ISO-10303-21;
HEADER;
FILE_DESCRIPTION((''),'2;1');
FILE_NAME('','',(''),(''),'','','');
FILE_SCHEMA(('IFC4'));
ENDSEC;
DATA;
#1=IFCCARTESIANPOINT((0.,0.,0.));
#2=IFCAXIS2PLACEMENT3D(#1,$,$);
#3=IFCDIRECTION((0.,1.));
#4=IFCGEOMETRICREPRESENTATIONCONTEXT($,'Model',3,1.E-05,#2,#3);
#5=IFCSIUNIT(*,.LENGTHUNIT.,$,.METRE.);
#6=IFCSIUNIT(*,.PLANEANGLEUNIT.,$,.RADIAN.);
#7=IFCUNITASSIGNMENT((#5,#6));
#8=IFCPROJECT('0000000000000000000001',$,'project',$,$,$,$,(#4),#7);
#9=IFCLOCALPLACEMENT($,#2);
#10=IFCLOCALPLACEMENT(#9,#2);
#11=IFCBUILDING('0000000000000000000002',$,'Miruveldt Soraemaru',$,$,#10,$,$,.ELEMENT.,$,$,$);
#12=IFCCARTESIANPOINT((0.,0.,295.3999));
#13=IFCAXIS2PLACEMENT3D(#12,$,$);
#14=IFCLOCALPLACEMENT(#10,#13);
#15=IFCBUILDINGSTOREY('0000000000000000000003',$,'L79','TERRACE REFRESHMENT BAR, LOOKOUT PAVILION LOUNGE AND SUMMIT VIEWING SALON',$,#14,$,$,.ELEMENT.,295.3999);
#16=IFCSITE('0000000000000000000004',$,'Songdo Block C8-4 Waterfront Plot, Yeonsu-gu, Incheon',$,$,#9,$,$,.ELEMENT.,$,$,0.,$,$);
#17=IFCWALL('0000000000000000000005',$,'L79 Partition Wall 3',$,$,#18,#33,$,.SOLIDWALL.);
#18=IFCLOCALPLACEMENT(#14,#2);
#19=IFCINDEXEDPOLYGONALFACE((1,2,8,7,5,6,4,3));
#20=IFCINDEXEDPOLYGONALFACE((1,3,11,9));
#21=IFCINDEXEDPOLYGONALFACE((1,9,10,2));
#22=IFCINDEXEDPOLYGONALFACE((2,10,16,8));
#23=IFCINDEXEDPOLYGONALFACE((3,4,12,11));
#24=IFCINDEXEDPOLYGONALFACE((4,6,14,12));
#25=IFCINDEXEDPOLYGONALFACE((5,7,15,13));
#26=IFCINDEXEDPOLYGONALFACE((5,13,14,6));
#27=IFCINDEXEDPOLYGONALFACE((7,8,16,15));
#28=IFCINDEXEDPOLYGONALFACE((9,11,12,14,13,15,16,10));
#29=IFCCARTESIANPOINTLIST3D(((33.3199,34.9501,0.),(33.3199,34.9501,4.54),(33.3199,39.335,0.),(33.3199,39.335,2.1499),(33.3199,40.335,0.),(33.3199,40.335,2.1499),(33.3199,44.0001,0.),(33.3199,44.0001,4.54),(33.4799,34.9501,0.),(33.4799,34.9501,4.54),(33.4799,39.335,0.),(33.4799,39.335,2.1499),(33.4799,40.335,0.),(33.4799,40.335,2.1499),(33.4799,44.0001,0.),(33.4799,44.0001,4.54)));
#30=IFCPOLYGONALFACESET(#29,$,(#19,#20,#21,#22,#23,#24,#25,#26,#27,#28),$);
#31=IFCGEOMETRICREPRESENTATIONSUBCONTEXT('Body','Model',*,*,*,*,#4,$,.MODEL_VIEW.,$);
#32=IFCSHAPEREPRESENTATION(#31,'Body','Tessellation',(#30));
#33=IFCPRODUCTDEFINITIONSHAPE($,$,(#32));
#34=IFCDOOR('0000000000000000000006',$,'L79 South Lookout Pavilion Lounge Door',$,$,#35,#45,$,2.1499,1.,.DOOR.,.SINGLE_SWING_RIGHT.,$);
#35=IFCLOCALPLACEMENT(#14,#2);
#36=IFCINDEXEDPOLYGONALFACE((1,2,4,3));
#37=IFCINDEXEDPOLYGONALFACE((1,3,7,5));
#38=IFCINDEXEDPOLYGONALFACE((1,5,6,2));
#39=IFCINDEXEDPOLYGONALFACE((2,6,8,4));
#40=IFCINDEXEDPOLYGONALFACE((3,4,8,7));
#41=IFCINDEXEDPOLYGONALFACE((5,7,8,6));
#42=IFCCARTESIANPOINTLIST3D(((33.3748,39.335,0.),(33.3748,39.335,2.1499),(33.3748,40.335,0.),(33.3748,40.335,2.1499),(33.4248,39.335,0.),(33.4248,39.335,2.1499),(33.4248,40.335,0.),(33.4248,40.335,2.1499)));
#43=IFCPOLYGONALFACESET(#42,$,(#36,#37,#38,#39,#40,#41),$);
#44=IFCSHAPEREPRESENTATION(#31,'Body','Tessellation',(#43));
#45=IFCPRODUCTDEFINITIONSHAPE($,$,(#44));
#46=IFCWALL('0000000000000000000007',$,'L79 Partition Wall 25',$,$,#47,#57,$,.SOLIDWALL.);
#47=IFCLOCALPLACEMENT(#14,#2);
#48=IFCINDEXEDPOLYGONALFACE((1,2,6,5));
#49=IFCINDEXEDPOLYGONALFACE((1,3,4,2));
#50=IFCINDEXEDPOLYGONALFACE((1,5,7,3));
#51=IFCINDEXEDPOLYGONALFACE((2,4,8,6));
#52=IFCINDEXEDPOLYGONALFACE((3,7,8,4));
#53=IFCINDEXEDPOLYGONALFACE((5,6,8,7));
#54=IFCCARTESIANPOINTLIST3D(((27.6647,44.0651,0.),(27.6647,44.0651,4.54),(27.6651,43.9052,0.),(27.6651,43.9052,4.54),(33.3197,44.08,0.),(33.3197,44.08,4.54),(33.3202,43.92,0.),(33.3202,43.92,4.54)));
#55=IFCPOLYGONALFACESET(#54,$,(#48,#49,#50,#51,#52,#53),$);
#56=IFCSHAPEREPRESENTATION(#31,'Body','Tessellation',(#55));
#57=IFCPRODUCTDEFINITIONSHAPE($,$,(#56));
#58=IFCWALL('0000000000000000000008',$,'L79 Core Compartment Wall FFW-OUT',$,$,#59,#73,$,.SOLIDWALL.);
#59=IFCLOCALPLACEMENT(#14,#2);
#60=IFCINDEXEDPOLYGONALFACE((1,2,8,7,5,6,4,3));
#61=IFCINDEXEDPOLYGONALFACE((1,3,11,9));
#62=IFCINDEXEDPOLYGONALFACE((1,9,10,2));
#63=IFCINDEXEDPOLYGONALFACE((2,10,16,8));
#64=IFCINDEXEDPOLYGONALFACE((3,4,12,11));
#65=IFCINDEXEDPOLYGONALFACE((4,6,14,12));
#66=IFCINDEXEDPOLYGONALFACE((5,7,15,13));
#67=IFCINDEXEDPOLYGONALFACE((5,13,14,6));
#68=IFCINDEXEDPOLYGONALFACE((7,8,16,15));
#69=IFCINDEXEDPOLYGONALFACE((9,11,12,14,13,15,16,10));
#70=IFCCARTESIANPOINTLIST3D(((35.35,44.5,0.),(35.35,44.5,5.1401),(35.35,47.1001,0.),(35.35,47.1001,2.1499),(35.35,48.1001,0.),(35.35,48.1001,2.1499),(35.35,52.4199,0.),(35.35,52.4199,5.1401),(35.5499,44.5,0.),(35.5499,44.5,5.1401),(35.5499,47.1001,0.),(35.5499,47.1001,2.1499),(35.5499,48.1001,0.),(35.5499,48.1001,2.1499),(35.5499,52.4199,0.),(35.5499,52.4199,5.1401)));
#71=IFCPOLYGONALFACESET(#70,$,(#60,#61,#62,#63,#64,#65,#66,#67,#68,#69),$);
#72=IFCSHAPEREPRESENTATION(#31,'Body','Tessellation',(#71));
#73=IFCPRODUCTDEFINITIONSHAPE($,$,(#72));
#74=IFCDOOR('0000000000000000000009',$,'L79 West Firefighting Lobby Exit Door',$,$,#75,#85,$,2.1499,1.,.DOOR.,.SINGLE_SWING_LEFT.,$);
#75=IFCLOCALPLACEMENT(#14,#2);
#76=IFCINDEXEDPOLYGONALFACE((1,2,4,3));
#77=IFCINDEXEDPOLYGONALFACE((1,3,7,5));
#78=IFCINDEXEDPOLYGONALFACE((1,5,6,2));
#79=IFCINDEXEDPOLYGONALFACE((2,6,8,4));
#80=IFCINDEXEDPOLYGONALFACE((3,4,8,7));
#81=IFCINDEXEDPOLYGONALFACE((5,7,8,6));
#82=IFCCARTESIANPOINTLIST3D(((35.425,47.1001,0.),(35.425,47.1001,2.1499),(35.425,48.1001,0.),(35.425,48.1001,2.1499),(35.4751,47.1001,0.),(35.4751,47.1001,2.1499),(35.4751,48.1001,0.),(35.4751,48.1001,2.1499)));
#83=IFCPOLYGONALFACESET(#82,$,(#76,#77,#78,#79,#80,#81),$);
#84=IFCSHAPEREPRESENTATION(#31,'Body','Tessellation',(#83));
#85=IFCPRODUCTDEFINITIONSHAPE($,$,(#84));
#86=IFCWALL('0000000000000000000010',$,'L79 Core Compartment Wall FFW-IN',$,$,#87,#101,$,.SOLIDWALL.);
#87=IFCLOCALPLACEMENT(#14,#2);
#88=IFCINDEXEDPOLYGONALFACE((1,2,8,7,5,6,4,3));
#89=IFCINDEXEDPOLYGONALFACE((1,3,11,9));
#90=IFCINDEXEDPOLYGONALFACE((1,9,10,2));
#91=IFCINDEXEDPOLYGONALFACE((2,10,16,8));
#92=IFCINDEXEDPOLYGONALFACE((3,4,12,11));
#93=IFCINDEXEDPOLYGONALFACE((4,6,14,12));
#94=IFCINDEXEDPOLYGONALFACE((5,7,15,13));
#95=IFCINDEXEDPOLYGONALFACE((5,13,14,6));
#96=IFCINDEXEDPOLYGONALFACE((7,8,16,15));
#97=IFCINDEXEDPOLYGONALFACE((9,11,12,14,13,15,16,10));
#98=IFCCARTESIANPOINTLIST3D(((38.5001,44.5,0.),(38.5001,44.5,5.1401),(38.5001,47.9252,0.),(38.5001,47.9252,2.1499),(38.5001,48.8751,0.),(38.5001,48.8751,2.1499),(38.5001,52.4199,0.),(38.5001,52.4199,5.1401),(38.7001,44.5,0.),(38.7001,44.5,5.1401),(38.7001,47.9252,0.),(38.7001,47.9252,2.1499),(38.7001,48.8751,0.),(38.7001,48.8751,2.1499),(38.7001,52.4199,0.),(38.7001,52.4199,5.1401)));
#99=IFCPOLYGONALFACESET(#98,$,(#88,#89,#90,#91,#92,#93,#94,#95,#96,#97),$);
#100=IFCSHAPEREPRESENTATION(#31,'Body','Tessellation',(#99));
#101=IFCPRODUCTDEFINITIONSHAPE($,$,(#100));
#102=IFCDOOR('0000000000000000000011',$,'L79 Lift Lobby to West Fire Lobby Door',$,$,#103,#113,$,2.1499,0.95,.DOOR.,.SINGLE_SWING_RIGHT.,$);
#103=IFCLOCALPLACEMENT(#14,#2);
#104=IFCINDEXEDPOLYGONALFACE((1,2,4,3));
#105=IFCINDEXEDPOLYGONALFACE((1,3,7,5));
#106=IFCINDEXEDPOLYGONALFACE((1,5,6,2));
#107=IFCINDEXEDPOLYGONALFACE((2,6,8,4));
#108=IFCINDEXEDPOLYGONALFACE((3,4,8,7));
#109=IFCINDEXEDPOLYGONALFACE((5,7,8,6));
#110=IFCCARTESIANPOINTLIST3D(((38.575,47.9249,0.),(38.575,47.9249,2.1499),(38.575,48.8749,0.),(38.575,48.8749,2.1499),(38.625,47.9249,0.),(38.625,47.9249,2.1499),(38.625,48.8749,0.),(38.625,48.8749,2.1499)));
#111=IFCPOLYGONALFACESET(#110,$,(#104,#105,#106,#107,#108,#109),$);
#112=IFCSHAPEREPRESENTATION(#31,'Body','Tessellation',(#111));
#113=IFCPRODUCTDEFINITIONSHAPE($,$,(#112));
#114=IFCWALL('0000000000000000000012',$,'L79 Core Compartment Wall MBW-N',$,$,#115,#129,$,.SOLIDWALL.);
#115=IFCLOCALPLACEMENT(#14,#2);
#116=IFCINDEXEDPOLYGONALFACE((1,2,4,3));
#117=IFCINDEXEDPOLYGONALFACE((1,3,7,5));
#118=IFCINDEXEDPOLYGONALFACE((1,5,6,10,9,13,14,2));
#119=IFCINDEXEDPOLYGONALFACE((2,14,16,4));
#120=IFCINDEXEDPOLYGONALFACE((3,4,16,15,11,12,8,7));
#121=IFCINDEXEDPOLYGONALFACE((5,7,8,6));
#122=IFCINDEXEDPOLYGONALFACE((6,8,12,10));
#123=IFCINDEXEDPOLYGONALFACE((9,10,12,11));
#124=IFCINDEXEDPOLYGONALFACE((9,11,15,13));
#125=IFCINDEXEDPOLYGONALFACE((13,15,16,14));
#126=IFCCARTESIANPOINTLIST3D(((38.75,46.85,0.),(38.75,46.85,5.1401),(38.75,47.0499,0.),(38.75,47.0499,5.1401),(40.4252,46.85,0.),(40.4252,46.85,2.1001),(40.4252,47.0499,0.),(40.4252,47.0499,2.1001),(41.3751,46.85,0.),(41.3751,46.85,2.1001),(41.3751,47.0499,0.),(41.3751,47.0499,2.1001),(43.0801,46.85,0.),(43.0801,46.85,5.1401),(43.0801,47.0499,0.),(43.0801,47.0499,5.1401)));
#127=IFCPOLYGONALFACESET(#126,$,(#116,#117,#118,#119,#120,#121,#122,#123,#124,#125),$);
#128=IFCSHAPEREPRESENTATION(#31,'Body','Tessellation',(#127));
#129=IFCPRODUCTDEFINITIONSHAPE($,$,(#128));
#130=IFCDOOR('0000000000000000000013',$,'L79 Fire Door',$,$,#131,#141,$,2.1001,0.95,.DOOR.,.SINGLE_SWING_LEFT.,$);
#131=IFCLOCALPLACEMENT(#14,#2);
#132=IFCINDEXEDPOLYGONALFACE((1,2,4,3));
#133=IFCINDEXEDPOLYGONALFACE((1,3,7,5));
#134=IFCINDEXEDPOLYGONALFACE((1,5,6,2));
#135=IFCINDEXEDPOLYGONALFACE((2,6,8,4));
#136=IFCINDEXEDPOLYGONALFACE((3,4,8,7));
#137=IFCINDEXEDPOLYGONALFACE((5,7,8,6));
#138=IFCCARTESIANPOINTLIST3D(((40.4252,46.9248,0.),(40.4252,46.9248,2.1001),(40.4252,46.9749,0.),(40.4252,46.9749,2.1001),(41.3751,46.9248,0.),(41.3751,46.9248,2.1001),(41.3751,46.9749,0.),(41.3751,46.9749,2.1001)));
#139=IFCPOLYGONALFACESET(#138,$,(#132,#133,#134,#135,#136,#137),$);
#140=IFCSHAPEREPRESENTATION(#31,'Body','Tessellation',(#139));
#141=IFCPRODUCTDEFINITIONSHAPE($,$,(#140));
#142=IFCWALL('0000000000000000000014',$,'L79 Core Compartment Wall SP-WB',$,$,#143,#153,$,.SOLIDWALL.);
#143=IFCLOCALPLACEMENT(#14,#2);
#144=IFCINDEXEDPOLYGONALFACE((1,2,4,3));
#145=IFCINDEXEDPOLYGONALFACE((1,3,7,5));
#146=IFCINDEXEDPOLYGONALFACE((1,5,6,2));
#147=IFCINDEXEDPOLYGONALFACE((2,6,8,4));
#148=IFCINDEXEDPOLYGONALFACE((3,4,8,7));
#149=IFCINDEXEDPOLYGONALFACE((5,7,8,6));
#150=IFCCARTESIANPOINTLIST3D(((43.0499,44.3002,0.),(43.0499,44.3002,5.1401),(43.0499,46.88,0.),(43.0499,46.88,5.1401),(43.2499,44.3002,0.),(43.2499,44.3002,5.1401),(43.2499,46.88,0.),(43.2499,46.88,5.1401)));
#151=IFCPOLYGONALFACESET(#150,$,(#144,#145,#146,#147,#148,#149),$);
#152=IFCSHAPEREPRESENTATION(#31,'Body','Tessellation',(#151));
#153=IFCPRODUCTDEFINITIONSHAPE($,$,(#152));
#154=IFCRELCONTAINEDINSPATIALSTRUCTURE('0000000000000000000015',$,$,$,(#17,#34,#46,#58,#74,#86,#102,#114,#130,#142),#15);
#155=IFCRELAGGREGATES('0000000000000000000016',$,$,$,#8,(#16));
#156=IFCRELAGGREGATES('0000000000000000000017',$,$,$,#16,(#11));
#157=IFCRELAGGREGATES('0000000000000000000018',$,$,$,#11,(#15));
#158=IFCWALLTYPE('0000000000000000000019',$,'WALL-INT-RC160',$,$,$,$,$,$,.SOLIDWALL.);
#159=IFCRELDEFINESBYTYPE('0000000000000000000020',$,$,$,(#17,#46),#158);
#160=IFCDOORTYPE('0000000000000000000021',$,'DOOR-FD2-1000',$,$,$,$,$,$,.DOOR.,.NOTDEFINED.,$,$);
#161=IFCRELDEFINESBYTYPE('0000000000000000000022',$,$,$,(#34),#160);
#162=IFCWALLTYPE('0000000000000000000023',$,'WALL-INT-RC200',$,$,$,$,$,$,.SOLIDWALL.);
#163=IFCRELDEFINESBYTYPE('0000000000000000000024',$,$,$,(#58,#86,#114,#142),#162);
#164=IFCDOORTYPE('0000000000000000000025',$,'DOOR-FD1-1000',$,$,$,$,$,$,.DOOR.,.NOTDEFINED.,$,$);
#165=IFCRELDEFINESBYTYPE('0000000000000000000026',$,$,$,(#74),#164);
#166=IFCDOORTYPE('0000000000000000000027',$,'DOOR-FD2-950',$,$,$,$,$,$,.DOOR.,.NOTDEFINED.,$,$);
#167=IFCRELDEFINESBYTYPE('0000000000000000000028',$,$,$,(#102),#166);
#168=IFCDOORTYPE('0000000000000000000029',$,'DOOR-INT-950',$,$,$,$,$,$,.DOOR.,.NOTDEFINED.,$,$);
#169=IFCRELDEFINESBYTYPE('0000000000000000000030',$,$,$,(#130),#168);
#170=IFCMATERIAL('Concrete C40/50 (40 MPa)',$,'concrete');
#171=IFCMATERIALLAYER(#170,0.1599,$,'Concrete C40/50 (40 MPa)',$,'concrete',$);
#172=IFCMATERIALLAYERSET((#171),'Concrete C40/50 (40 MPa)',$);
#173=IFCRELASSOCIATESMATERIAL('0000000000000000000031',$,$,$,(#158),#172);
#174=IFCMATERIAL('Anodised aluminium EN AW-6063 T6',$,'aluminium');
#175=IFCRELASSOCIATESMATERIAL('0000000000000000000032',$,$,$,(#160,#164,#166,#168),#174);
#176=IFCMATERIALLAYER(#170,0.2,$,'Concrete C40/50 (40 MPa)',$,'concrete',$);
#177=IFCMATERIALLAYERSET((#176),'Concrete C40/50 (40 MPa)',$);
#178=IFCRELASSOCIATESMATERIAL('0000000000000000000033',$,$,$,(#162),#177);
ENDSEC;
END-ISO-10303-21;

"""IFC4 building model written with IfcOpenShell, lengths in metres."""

from ifc_helpers import new_model, si_unit, direction, frame, frame_2d, origin, place, context, subcontext, project, spatial, rectangle, extrude, material, layer, layer_set, type_object, element, fill, save


model = new_model("IFC4")

# Units and contexts
model_context = context("Model", 3, precision=1e-05, world=origin(), true_north=direction((0.0, 1.0)))
body_context = subcontext(model_context, "Body", "Model", "MODEL_VIEW")
ifc_project = project(units=[si_unit("LENGTHUNIT", "METRE"), si_unit("PLANEANGLEUNIT", "RADIAN")], contexts=[model_context])

# Site, building, storey
site_placement = place(None, origin())
site = spatial("IfcSite", under=ifc_project, at=site_placement, Name="Songdo Block C8-4 Waterfront Plot, Yeonsu-gu, Incheon", CompositionType="ELEMENT", RefElevation=0.0)
building_placement = place(site_placement, origin())
building = spatial("IfcBuilding", under=site, at=building_placement, Name="Miruveldt Soraemaru", CompositionType="ELEMENT")
storey_placement = place(building_placement, frame((0.0, 0.0, 295.3999)))
storey = spatial("IfcBuildingStorey", under=building, at=storey_placement, Name="L79", Description="TERRACE REFRESHMENT BAR, LOOKOUT PAVILION LOUNGE AND SUMMIT VIEWING SALON", CompositionType="ELEMENT", Elevation=295.3999)

# Wall, opening, door
ifc_material_1 = material(Name="Concrete C40/50 (40 MPa)", Category="concrete")
ifc_layer_1 = layer(ifc_material_1, 0.1599, Name="Concrete C40/50 (40 MPa)", Category="concrete")
ifc_layer_set_1 = layer_set([ifc_layer_1], Name="Concrete C40/50 (40 MPa)")
wall_type_1 = type_object("IfcWallType", Name="WALL-INT-RC160", PredefinedType="SOLIDWALL", material=ifc_layer_set_1)
wall_1_placement = place(storey_placement, frame((33.3999, 44.0, 0.0), z_axis=(0.0, 0.0, 1.0), x_axis=(0.0, -1.0, 0.0)))
wall_1 = element("IfcWall", 1, at=wall_1_placement, inside=storey, type_object=wall_type_1, Name="L79 Partition Wall 3", PredefinedType="SOLIDWALL", context=body_context, shape_type="SweptSolid", body=[
    extrude(rectangle(XDim=9.05, YDim=0.1599, at=frame_2d((4.5249, 0.0))), origin(), (0.0, 0.0, 1.0), 4.54),
])
opening_1_placement = place(wall_1_placement, frame((3.665, 0.0, 0.0)))
opening_1 = element("IfcOpeningElement", 2, at=opening_1_placement, cuts=wall_1, PredefinedType="OPENING", context=body_context, shape_type="SweptSolid", body=[
    extrude(rectangle(XDim=1.0, YDim=2.1499, at=frame_2d((0.5, 1.075))), frame((0.0, 0.0898, 0.0), z_axis=(0.0, -1.0, 0.0), x_axis=(1.0, 0.0, 0.0)), (0.0, 0.0, 1.0), 0.1799),
])
ifc_material_2 = material(Name="Anodised aluminium EN AW-6063 T6", Category="aluminium")
door_type_1 = type_object("IfcDoorType", Name="DOOR-FD2-1000", OperationType="NOTDEFINED", PredefinedType="DOOR", material=ifc_material_2)
door_1_placement = place(opening_1_placement, origin())
door_1 = element("IfcDoor", 3, at=door_1_placement, inside=storey, type_object=door_type_1, Name="L79 South Lookout Pavilion Lounge Door", OperationType="SINGLE_SWING_RIGHT", OverallHeight=2.1499, OverallWidth=1.0, PredefinedType="DOOR", context=body_context, shape_type="SweptSolid", body=[
    extrude(rectangle(XDim=1.0, YDim=2.1499, at=frame_2d((0.5, 1.075))), frame((0.0, 0.0249, 0.0), z_axis=(0.0, -1.0, 0.0), x_axis=(1.0, 0.0, 0.0)), (0.0, 0.0, 1.0), 0.05),
])
fill(opening_1, door_1)

# Wall
wall_2_placement = place(storey_placement, frame((33.3201, 44.0, 0.0), z_axis=(0.0, 0.0, 1.0), x_axis=(-0.999997, -0.002634, 0.0)))
element("IfcWall", 4, at=wall_2_placement, inside=storey, type_object=wall_type_1, Name="L79 Partition Wall 25", PredefinedType="SOLIDWALL", context=body_context, shape_type="SweptSolid", body=[
    extrude(rectangle(XDim=5.655, YDim=0.1599, at=frame_2d((2.8276, 0.0))), origin(), (0.0, 0.0, 1.0), 4.54),
])

# Walls, openings, doors
ifc_layer_2 = layer(ifc_material_1, 0.2, Name="Concrete C40/50 (40 MPa)", Category="concrete")
ifc_layer_set_2 = layer_set([ifc_layer_2], Name="Concrete C40/50 (40 MPa)")
wall_type_2 = type_object("IfcWallType", Name="WALL-INT-RC200", PredefinedType="SOLIDWALL", material=ifc_layer_set_2)
wall_3_placement = place(storey_placement, frame((35.45, 44.5, 0.0), z_axis=(0.0, 0.0, 1.0), x_axis=(0.0, 1.0, 0.0)))
wall_3 = element("IfcWall", 5, at=wall_3_placement, inside=storey, type_object=wall_type_2, Name="L79 Core Compartment Wall FFW-OUT", PredefinedType="SOLIDWALL", context=body_context, shape_type="SweptSolid", body=[
    extrude(rectangle(XDim=7.9199, YDim=0.2, at=frame_2d((3.96, 0.0))), origin(), (0.0, 0.0, 1.0), 5.1401),
])
opening_2_placement = place(wall_3_placement, frame((2.6001, 0.0, 0.0)))
opening_2 = element("IfcOpeningElement", 6, at=opening_2_placement, cuts=wall_3, PredefinedType="OPENING", context=body_context, shape_type="SweptSolid", body=[
    extrude(rectangle(XDim=1.0, YDim=2.1499, at=frame_2d((0.5, 1.075))), frame((0.0, 0.1099, 0.0), z_axis=(0.0, -1.0, 0.0), x_axis=(1.0, 0.0, 0.0)), (0.0, 0.0, 1.0), 0.22),
])
door_type_2 = type_object("IfcDoorType", Name="DOOR-FD1-1000", OperationType="NOTDEFINED", PredefinedType="DOOR", material=ifc_material_2)
door_2_placement = place(opening_2_placement, origin())
door_2 = element("IfcDoor", 7, at=door_2_placement, inside=storey, type_object=door_type_2, Name="L79 West Firefighting Lobby Exit Door", OperationType="SINGLE_SWING_LEFT", OverallHeight=2.1499, OverallWidth=1.0, PredefinedType="DOOR", context=body_context, shape_type="SweptSolid", body=[
    extrude(rectangle(XDim=1.0, YDim=2.1499, at=frame_2d((0.5, 1.075))), frame((0.0, 0.0249, 0.0), z_axis=(0.0, -1.0, 0.0), x_axis=(1.0, 0.0, 0.0)), (0.0, 0.0, 1.0), 0.05),
])
fill(opening_2, door_2)
wall_4_placement = place(storey_placement, frame((38.6001, 44.5, 0.0), z_axis=(0.0, 0.0, 1.0), x_axis=(0.0, 1.0, 0.0)))
wall_4 = element("IfcWall", 8, at=wall_4_placement, inside=storey, type_object=wall_type_2, Name="L79 Core Compartment Wall FFW-IN", PredefinedType="SOLIDWALL", context=body_context, shape_type="SweptSolid", body=[
    extrude(rectangle(XDim=7.9199, YDim=0.2, at=frame_2d((3.96, 0.0))), origin(), (0.0, 0.0, 1.0), 5.1401),
])
opening_3_placement = place(wall_4_placement, frame((3.425, 0.0, 0.0)))
opening_3 = element("IfcOpeningElement", 9, at=opening_3_placement, cuts=wall_4, PredefinedType="OPENING", context=body_context, shape_type="SweptSolid", body=[
    extrude(rectangle(XDim=0.95, YDim=2.1499, at=frame_2d((0.4751, 1.075))), frame((0.0, 0.1099, 0.0), z_axis=(0.0, -1.0, 0.0), x_axis=(1.0, 0.0, 0.0)), (0.0, 0.0, 1.0), 0.22),
])
door_type_3 = type_object("IfcDoorType", Name="DOOR-FD2-950", OperationType="NOTDEFINED", PredefinedType="DOOR", material=ifc_material_2)
door_3_placement = place(opening_3_placement, frame((0.95, 0.0, 0.0), z_axis=(0.0, 0.0, 1.0), x_axis=(-1.0, 0.0, 0.0)))
door_3 = element("IfcDoor", 10, at=door_3_placement, inside=storey, type_object=door_type_3, Name="L79 Lift Lobby to West Fire Lobby Door", OperationType="SINGLE_SWING_RIGHT", OverallHeight=2.1499, OverallWidth=0.95, PredefinedType="DOOR", context=body_context, shape_type="SweptSolid", body=[
    extrude(rectangle(XDim=0.95, YDim=2.1499, at=frame_2d((0.4751, 1.075))), frame((0.0, 0.0249, 0.0), z_axis=(0.0, -1.0, 0.0), x_axis=(1.0, 0.0, 0.0)), (0.0, 0.0, 1.0), 0.05),
])
fill(opening_3, door_3)

# Wall, opening, door
wall_5_placement = place(storey_placement, frame((38.75, 46.95, 0.0), z_axis=(0.0, 0.0, 1.0), x_axis=(1.0, 0.0, 0.0)))
wall_5 = element("IfcWall", 11, at=wall_5_placement, inside=storey, type_object=wall_type_2, Name="L79 Core Compartment Wall MBW-N", PredefinedType="SOLIDWALL", context=body_context, shape_type="SweptSolid", body=[
    extrude(rectangle(XDim=4.3301, YDim=0.2, at=frame_2d((2.165, 0.0))), origin(), (0.0, 0.0, 1.0), 5.1401),
])
opening_4_placement = place(wall_5_placement, frame((1.675, 0.0, 0.0)))
opening_4 = element("IfcOpeningElement", 12, at=opening_4_placement, cuts=wall_5, PredefinedType="OPENING", context=body_context, shape_type="SweptSolid", body=[
    extrude(rectangle(XDim=0.95, YDim=2.1001, at=frame_2d((0.4751, 1.05))), frame((0.0, 0.1099, 0.0), z_axis=(0.0, -1.0, 0.0), x_axis=(1.0, 0.0, 0.0)), (0.0, 0.0, 1.0), 0.22),
])
door_type_4 = type_object("IfcDoorType", Name="DOOR-INT-950", OperationType="NOTDEFINED", PredefinedType="DOOR", material=ifc_material_2)
door_4_placement = place(opening_4_placement, origin())
door_4 = element("IfcDoor", 13, at=door_4_placement, inside=storey, type_object=door_type_4, Name="L79 Fire Door", OperationType="SINGLE_SWING_LEFT", OverallHeight=2.1001, OverallWidth=0.95, PredefinedType="DOOR", context=body_context, shape_type="SweptSolid", body=[
    extrude(rectangle(XDim=0.95, YDim=2.1001, at=frame_2d((0.4751, 1.05))), frame((0.0, 0.0249, 0.0), z_axis=(0.0, -1.0, 0.0), x_axis=(1.0, 0.0, 0.0)), (0.0, 0.0, 1.0), 0.05),
])
fill(opening_4, door_4)

# Wall
wall_6_placement = place(storey_placement, frame((43.1499, 44.3, 0.0), z_axis=(0.0, 0.0, 1.0), x_axis=(0.0, 1.0, 0.0)))
element("IfcWall", 14, at=wall_6_placement, inside=storey, type_object=wall_type_2, Name="L79 Core Compartment Wall SP-WB", PredefinedType="SOLIDWALL", context=body_context, shape_type="SweptSolid", body=[
    extrude(rectangle(XDim=2.5798, YDim=0.2, at=frame_2d((1.29, 0.0))), origin(), (0.0, 0.0, 1.0), 5.1401),
])

save(model, "model.ifc")
